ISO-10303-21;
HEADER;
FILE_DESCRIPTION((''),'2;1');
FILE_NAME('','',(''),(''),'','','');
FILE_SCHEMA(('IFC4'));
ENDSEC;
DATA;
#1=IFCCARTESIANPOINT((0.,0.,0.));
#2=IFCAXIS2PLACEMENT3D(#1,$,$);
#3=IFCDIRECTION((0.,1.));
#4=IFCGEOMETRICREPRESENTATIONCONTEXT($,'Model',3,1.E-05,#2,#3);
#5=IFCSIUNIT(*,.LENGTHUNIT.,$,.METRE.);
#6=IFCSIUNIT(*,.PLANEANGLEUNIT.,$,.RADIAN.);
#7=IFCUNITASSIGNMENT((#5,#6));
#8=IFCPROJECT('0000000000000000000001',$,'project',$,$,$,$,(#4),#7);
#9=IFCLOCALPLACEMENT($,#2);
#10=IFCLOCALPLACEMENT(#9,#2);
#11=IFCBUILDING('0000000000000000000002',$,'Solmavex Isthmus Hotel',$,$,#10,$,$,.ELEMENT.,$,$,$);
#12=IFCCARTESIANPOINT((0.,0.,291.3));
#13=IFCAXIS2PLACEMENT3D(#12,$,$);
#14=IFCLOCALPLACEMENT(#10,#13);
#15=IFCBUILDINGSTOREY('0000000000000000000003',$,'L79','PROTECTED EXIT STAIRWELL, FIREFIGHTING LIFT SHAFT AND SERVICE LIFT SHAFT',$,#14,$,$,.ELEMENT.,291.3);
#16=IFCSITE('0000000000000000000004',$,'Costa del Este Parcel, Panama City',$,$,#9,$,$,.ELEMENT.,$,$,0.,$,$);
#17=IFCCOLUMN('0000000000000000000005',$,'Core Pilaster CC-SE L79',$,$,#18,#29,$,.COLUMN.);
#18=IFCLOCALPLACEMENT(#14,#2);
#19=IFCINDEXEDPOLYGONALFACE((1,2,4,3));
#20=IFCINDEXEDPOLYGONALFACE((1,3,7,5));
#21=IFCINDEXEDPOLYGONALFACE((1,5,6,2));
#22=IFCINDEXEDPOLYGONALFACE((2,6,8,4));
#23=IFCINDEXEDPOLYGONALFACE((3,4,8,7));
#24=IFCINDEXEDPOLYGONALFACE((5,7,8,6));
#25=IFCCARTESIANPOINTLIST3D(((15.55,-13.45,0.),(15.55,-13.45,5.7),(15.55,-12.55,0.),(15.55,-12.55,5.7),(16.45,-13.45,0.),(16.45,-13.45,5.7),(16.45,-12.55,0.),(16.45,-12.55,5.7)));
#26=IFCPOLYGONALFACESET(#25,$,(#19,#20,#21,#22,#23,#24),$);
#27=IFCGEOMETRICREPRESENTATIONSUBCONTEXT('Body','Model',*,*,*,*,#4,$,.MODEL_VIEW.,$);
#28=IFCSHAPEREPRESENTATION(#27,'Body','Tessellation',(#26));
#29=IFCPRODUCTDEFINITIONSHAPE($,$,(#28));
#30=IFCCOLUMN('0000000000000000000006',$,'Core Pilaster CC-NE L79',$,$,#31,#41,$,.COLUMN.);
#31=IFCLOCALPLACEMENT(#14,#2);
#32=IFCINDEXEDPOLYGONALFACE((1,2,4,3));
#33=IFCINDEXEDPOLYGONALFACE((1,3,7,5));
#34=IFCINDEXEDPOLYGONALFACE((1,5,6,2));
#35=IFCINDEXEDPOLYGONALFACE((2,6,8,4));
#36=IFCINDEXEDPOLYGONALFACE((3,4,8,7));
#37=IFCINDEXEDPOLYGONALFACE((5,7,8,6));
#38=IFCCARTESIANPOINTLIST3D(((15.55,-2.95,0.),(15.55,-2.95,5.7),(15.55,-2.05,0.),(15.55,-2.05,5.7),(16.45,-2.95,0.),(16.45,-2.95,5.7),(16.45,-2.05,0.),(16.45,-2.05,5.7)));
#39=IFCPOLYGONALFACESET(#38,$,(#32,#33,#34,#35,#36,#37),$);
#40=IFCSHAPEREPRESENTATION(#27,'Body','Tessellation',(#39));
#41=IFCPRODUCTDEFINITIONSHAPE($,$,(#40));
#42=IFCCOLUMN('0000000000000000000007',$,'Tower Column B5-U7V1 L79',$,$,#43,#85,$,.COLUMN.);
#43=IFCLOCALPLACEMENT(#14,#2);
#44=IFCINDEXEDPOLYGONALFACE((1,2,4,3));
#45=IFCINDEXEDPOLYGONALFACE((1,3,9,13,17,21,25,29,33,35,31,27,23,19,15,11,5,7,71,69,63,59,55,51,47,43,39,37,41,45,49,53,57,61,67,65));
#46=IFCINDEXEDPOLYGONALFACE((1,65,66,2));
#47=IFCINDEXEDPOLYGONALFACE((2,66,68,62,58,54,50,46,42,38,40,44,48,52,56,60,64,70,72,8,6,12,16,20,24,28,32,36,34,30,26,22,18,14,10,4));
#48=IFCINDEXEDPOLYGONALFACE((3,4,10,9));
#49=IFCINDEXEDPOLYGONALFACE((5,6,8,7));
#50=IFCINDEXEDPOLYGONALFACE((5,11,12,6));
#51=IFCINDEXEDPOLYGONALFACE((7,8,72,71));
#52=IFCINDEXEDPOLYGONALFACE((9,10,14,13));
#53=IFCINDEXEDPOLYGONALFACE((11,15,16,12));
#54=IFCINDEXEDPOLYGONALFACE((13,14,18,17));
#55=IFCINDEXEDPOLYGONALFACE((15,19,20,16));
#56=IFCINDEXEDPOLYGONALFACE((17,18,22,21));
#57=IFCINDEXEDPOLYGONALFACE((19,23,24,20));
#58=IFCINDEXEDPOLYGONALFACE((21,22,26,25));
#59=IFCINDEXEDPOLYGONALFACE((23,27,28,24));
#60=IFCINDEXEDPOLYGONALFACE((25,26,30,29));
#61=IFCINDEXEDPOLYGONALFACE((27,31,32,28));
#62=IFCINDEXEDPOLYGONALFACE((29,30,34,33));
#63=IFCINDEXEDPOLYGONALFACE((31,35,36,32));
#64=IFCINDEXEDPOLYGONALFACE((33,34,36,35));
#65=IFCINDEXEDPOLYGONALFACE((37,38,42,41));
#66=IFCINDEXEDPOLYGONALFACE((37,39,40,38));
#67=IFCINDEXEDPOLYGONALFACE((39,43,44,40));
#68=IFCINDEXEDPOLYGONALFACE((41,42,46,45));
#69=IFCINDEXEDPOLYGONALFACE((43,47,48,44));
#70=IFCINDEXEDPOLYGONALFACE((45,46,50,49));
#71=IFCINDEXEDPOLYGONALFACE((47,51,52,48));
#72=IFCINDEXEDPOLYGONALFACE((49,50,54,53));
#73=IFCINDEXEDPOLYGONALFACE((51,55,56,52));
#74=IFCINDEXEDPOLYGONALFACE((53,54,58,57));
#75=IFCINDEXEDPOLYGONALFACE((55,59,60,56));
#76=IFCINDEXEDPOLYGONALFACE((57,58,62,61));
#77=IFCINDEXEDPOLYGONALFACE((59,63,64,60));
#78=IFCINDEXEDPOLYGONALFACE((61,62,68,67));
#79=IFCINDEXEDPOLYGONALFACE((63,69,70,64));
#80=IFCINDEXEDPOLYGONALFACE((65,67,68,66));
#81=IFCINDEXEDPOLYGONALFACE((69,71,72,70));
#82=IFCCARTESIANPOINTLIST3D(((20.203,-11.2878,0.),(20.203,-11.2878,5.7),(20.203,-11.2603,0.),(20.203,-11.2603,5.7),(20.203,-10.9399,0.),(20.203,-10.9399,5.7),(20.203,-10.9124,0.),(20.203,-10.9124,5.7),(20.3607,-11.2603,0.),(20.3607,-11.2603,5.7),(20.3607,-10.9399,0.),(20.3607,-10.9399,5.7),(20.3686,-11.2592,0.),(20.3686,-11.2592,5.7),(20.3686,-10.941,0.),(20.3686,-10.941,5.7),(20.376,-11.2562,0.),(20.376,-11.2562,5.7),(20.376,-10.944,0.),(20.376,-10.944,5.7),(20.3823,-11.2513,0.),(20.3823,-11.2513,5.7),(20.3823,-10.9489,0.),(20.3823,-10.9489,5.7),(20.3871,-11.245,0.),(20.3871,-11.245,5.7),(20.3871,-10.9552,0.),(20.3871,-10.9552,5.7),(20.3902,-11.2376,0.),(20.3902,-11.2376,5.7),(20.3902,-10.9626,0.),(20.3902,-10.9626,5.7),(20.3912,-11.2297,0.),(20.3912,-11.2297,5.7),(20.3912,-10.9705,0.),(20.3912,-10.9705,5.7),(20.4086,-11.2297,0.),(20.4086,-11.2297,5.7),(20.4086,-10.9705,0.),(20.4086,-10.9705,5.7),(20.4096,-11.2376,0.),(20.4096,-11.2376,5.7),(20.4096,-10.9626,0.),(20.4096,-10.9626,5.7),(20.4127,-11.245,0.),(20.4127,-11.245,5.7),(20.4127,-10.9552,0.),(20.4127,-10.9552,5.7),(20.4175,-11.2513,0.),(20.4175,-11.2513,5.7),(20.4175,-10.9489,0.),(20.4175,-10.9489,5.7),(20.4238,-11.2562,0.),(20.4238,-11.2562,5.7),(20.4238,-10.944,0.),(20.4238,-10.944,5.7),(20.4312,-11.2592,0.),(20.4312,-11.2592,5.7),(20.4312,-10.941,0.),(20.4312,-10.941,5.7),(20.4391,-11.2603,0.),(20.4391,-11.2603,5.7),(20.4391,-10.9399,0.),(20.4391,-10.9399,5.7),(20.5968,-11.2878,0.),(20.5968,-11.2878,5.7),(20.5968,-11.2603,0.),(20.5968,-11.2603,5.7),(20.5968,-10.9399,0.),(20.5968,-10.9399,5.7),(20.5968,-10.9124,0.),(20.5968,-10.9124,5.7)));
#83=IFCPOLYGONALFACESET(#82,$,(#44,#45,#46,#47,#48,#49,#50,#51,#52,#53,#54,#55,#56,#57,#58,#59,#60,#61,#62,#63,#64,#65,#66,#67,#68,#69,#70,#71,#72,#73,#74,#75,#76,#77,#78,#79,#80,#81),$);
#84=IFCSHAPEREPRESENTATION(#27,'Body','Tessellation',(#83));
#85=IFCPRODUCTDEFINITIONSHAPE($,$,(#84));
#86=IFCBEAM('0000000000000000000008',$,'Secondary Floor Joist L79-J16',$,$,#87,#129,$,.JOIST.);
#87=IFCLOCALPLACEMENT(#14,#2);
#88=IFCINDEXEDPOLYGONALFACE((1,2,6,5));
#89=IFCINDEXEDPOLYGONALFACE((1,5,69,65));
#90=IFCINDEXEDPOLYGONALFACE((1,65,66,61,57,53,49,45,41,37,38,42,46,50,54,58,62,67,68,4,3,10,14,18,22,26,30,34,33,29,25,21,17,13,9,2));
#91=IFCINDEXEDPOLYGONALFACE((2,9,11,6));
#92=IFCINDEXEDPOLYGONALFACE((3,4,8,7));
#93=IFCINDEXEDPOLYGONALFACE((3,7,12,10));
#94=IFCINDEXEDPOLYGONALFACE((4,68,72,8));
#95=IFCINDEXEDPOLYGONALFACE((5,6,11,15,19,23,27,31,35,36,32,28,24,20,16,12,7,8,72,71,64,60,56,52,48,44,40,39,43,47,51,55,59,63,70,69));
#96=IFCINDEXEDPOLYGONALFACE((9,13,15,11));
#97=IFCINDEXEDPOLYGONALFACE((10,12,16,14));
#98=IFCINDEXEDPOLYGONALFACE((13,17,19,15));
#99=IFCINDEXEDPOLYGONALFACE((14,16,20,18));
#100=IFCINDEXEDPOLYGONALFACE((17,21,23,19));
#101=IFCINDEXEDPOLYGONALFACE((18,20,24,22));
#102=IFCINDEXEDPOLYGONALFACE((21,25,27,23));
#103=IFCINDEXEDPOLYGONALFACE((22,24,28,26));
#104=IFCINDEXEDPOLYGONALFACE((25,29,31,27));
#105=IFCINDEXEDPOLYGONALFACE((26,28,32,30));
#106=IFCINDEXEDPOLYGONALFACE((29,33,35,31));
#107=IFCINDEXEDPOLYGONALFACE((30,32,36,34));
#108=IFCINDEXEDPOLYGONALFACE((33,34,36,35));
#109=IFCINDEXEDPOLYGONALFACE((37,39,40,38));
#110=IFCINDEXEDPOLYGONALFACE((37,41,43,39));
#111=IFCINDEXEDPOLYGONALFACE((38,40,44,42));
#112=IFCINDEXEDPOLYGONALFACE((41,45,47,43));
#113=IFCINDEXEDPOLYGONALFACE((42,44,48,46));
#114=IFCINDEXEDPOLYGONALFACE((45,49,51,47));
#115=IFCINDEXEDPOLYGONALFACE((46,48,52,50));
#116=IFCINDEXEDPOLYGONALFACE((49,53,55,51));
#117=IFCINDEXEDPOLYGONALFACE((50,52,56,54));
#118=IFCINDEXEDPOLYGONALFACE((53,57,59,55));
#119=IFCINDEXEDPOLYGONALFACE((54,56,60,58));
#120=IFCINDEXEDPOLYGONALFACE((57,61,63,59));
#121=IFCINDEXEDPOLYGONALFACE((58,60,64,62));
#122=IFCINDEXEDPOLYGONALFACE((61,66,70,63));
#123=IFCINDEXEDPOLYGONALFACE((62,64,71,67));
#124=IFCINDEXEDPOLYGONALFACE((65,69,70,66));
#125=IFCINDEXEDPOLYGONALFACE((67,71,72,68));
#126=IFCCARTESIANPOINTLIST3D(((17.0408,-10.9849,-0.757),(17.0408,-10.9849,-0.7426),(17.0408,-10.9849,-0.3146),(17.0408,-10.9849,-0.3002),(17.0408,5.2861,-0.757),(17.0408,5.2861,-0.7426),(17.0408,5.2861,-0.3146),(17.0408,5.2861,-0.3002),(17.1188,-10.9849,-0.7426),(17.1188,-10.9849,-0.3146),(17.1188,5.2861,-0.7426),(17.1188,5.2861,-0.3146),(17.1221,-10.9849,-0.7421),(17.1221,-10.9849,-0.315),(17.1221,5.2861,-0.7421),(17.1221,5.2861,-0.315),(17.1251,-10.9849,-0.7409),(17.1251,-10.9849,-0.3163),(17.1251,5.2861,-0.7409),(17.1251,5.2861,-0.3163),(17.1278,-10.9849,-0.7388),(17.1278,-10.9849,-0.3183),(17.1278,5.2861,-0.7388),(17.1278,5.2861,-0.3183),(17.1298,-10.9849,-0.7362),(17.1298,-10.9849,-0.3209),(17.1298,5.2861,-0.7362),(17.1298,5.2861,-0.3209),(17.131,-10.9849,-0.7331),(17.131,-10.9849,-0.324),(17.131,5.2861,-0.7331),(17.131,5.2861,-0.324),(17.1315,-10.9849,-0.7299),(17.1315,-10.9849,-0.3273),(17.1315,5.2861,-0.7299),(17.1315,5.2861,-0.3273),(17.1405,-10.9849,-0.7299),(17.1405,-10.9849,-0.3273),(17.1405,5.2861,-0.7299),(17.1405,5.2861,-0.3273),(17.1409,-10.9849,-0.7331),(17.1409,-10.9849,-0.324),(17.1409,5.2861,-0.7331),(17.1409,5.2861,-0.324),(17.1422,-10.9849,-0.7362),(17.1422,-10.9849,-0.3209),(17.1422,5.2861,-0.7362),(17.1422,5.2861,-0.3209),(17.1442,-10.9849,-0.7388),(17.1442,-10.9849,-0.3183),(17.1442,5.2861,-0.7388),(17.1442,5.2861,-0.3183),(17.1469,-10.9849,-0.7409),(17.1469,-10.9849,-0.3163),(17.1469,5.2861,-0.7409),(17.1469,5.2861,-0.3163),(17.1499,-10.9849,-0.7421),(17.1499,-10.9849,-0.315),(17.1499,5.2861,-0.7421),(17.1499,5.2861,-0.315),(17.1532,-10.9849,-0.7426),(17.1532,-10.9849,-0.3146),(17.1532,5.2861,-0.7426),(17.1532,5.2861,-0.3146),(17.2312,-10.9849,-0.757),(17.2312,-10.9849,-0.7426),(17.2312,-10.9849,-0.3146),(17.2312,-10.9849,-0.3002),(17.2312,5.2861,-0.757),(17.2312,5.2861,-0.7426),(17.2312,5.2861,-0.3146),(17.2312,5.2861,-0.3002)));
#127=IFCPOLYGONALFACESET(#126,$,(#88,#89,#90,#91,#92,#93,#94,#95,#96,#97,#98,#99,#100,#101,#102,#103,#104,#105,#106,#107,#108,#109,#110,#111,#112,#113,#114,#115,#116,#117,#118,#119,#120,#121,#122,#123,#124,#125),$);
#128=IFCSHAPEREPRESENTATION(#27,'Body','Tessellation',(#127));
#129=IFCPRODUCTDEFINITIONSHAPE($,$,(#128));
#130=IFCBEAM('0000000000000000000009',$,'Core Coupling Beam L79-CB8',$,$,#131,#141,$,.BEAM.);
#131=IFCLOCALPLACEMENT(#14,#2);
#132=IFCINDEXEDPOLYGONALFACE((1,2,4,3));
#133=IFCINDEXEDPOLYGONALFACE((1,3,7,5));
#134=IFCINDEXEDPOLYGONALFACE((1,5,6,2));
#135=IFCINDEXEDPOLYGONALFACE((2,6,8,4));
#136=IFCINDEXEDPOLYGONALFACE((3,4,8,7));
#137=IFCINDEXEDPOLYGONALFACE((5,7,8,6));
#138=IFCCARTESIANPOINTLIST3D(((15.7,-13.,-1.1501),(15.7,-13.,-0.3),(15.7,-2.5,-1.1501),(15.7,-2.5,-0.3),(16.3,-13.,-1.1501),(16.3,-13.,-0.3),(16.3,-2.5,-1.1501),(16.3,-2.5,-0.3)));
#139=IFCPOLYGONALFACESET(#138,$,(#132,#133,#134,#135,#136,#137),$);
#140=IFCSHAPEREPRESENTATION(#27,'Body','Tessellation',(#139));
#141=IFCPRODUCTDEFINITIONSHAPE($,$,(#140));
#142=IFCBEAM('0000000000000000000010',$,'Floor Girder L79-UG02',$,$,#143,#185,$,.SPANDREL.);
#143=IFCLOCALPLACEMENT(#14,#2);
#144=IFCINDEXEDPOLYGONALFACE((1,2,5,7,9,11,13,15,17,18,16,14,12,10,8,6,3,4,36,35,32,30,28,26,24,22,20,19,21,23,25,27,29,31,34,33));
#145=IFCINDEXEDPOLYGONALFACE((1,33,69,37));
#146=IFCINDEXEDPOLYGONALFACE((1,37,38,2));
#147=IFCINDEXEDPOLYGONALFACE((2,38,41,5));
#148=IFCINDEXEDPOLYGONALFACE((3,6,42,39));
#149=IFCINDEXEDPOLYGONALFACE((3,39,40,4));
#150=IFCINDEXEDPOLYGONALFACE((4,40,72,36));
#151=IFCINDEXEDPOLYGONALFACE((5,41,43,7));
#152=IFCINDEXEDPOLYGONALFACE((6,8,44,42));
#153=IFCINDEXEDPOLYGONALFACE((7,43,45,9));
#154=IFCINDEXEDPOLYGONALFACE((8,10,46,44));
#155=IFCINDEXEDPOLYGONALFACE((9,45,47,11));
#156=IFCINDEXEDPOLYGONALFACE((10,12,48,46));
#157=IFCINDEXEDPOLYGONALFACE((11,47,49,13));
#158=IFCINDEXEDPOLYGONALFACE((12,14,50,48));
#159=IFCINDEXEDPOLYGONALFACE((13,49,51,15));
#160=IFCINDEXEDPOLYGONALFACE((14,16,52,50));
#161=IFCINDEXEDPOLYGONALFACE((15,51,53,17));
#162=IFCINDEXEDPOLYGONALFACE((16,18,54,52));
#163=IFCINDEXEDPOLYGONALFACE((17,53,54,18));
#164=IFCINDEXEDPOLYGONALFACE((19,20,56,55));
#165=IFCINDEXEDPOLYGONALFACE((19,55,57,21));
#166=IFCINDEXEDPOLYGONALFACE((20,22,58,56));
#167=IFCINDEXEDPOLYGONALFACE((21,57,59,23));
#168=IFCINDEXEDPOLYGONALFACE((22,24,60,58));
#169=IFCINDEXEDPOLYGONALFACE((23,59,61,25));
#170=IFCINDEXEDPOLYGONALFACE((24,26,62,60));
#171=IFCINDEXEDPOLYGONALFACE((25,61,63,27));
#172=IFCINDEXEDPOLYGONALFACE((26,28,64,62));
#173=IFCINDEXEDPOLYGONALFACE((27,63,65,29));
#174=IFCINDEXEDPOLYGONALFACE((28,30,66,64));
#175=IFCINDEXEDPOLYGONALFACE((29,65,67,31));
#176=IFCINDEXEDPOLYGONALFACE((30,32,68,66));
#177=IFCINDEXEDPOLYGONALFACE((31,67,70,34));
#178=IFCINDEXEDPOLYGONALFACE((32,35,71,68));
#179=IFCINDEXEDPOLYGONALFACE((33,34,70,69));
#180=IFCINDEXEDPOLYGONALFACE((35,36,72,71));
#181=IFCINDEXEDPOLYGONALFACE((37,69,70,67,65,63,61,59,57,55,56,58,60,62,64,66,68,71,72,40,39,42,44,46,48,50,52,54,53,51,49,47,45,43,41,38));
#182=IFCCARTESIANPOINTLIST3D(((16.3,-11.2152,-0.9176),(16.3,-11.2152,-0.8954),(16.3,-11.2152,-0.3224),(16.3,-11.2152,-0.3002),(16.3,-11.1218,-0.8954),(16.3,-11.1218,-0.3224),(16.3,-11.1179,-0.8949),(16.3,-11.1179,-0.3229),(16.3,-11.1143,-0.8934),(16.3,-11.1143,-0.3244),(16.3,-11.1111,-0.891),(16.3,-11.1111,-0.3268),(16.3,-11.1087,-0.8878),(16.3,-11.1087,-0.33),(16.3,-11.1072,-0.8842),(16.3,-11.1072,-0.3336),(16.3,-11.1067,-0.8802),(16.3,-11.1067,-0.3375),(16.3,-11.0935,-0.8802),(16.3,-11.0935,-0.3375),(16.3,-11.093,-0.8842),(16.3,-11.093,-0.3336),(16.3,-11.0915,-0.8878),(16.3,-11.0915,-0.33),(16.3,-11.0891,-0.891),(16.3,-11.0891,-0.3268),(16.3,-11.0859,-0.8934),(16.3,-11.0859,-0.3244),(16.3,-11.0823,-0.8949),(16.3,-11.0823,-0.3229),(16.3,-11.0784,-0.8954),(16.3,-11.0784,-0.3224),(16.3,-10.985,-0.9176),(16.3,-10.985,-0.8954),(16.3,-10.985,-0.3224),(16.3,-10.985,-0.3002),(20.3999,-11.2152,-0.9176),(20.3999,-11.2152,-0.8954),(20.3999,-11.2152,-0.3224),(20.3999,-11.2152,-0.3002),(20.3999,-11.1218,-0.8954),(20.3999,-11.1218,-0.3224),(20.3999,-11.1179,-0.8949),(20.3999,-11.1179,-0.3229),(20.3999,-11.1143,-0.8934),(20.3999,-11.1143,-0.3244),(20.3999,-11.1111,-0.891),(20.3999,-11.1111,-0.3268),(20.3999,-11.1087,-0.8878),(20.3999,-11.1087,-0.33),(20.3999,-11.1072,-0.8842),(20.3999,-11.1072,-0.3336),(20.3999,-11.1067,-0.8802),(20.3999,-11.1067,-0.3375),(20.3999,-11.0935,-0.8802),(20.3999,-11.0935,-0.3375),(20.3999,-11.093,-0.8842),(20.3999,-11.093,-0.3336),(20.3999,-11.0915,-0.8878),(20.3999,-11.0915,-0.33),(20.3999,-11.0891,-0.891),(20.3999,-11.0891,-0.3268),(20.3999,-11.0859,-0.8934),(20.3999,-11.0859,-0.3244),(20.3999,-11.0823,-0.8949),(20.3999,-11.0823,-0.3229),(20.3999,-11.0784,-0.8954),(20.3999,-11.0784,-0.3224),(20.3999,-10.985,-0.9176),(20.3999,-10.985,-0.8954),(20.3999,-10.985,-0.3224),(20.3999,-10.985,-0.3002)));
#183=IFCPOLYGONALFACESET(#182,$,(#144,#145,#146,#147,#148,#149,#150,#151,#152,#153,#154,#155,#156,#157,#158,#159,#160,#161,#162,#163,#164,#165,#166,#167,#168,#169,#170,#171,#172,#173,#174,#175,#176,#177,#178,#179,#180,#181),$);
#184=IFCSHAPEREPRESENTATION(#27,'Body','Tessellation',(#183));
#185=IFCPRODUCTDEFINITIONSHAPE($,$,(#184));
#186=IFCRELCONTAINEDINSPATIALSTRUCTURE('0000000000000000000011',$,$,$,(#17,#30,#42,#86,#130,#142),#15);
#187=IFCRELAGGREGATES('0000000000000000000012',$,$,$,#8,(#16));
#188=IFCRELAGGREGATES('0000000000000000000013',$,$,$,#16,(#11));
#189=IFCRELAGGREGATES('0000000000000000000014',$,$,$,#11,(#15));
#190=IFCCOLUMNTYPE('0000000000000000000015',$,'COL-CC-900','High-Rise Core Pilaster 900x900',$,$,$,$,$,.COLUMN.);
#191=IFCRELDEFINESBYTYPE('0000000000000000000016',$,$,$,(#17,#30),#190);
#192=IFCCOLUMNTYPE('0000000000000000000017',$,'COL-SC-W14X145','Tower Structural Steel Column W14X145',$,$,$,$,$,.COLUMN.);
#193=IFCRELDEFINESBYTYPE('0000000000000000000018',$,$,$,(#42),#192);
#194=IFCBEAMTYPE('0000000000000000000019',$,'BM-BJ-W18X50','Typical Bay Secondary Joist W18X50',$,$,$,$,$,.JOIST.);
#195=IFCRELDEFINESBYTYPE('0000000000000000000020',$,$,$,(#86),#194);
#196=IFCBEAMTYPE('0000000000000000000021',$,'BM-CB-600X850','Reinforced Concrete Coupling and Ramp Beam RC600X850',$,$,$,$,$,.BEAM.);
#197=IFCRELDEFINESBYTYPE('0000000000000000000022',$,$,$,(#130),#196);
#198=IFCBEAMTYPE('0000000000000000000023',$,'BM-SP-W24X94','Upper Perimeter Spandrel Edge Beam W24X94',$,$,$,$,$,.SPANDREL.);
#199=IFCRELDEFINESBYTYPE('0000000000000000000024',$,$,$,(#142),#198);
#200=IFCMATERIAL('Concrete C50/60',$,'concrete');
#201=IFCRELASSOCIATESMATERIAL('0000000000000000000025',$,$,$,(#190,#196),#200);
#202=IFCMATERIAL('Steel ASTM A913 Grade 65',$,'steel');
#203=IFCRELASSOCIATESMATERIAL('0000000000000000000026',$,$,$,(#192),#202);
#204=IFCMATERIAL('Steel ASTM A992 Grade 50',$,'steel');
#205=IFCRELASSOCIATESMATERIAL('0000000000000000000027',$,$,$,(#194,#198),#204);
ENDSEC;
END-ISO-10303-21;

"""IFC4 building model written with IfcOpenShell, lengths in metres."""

from ifc_helpers import new_model, si_unit, direction, frame, origin, origin_2d, place, context, subcontext, project, spatial, rectangle, i_section, extrude, material, material_profile, profile_set, type_object, element, save


model = new_model("IFC4")

# Units and contexts
model_context = context("Model", 3, precision=1e-05, world=origin(), true_north=direction((0.0, 1.0)))
body_context = subcontext(model_context, "Body", "Model", "MODEL_VIEW")
ifc_project = project(units=[si_unit("LENGTHUNIT", "METRE"), si_unit("PLANEANGLEUNIT", "RADIAN")], contexts=[model_context])

# Site, building, storey
site_placement = place(None, origin())
site = spatial("IfcSite", under=ifc_project, at=site_placement, Name="Costa del Este Parcel, Panama City", CompositionType="ELEMENT", RefElevation=0.0)
building_placement = place(site_placement, origin())
building = spatial("IfcBuilding", under=site, at=building_placement, Name="Solmavex Isthmus Hotel", CompositionType="ELEMENT")
storey_placement = place(building_placement, frame((0.0, 0.0, 291.3)))
storey = spatial("IfcBuildingStorey", under=building, at=storey_placement, Name="L79", Description="PROTECTED EXIT STAIRWELL, FIREFIGHTING LIFT SHAFT AND SERVICE LIFT SHAFT", CompositionType="ELEMENT", Elevation=291.3)

# Columns
ifc_material_1 = material(Name="Concrete C50/60", Category="concrete")
ifc_material_profile_1 = material_profile(ifc_material_1, rectangle(XDim=0.8999, YDim=0.8999, at=origin_2d()), Name="RC900X900")
ifc_profile_set_1 = profile_set([ifc_material_profile_1], Name="Concrete C50/60")
column_type_1 = type_object("IfcColumnType", Name="COL-CC-900", Description="High-Rise Core Pilaster 900x900", PredefinedType="COLUMN", material=ifc_profile_set_1)
for number, where, z_axis, x_axis, name in (
    (1, (16.0, -13.0, 0.0), (0.0, 0.0, 1.0), (1.0, 0.0, 0.0), "Core Pilaster CC-SE L79"),
    (2, (16.0, -2.5, 0.0), (0.0, 0.0, 1.0), (1.0, 0.0, 0.0), "Core Pilaster CC-NE L79"),
):
    element("IfcColumn", number, at=place(storey_placement, frame(where, z_axis=z_axis, x_axis=x_axis)), inside=storey, type_object=column_type_1, Name=name, PredefinedType="COLUMN", context=body_context, shape_type="SweptSolid", body=[
        extrude(rectangle(XDim=0.8999, YDim=0.8999, at=origin_2d()), origin(), (0.0, 0.0, 1.0), 5.7),
    ])
ifc_material_2 = material(Name="Steel ASTM A913 Grade 65", Category="steel")
ifc_material_profile_2 = material_profile(ifc_material_2, i_section(OverallWidth=0.3938, OverallDepth=0.3755, WebThickness=0.0173, FlangeThickness=0.0276, FilletRadius=0.0305, at=origin_2d()), Name="W14X145")
ifc_profile_set_2 = profile_set([ifc_material_profile_2], Name="Steel ASTM A913 Grade 65")
column_type_2 = type_object("IfcColumnType", Name="COL-SC-W14X145", Description="Tower Structural Steel Column W14X145", PredefinedType="COLUMN", material=ifc_profile_set_2)
column_placement = place(storey_placement, frame((20.3999, -11.1001, 0.0), z_axis=(0.0, 0.0, 1.0), x_axis=(1.0, 0.0, 0.0)))
element("IfcColumn", 3, at=column_placement, inside=storey, type_object=column_type_2, Name="Tower Column B5-U7V1 L79", PredefinedType="COLUMN", context=body_context, shape_type="SweptSolid", body=[
    extrude(i_section(OverallWidth=0.3938, OverallDepth=0.3755, WebThickness=0.0173, FlangeThickness=0.0276, FilletRadius=0.0305, at=origin_2d()), origin(), (0.0, 0.0, 1.0), 5.7),
])

# Beams
ifc_material_3 = material(Name="Steel ASTM A992 Grade 50", Category="steel")
ifc_material_profile_3 = material_profile(ifc_material_3, i_section(OverallWidth=0.1904, OverallDepth=0.4568, WebThickness=0.009, FlangeThickness=0.0144, FilletRadius=0.0127, at=origin_2d()), Name="W18X50")
ifc_profile_set_3 = profile_set([ifc_material_profile_3], Name="Steel ASTM A992 Grade 50")
beam_type_1 = type_object("IfcBeamType", Name="BM-BJ-W18X50", Description="Typical Bay Secondary Joist W18X50", PredefinedType="JOIST", material=ifc_profile_set_3)
beam_1_placement = place(storey_placement, frame((17.136, -10.9849, -0.5286), z_axis=(0.0, 1.0, 0.0), x_axis=(-1.0, 0.0, 0.0)))
element("IfcBeam", 4, at=beam_1_placement, inside=storey, type_object=beam_type_1, Name="Secondary Floor Joist L79-J16", PredefinedType="JOIST", context=body_context, shape_type="SweptSolid", body=[
    extrude(i_section(OverallWidth=0.1904, OverallDepth=0.4568, WebThickness=0.009, FlangeThickness=0.0144, FilletRadius=0.0127, at=origin_2d()), origin(), (0.0, 0.0, 1.0), 16.271),
])
ifc_material_profile_4 = material_profile(ifc_material_1, rectangle(XDim=0.6001, YDim=0.8501, at=origin_2d()), Name="RC600X850")
ifc_profile_set_4 = profile_set([ifc_material_profile_4], Name="Concrete C50/60")
beam_type_2 = type_object("IfcBeamType", Name="BM-CB-600X850", Description="Reinforced Concrete Coupling and Ramp Beam RC600X850", PredefinedType="BEAM", material=ifc_profile_set_4)
beam_2_placement = place(storey_placement, frame((16.0, -13.0, -0.7251), z_axis=(0.0, 1.0, 0.0), x_axis=(-1.0, 0.0, 0.0)))
element("IfcBeam", 5, at=beam_2_placement, inside=storey, type_object=beam_type_2, Name="Core Coupling Beam L79-CB8", PredefinedType="BEAM", context=body_context, shape_type="SweptSolid", body=[
    extrude(rectangle(XDim=0.6001, YDim=0.8501, at=origin_2d()), origin(), (0.0, 0.0, 1.0), 10.5),
])
ifc_material_profile_5 = material_profile(ifc_material_3, i_section(OverallWidth=0.2302, OverallDepth=0.6174, WebThickness=0.0132, FlangeThickness=0.0222, FilletRadius=0.0151, at=origin_2d()), Name="W24X94")
ifc_profile_set_5 = profile_set([ifc_material_profile_5], Name="Steel ASTM A992 Grade 50")
beam_type_3 = type_object("IfcBeamType", Name="BM-SP-W24X94", Description="Upper Perimeter Spandrel Edge Beam W24X94", PredefinedType="SPANDREL", material=ifc_profile_set_5)
beam_3_placement = place(storey_placement, frame((16.3, -11.1001, -0.6089), z_axis=(1.0, 0.0, 0.0), x_axis=(0.0, 1.0, 0.0)))
element("IfcBeam", 6, at=beam_3_placement, inside=storey, type_object=beam_type_3, Name="Floor Girder L79-UG02", PredefinedType="SPANDREL", context=body_context, shape_type="SweptSolid", body=[
    extrude(i_section(OverallWidth=0.2302, OverallDepth=0.6174, WebThickness=0.0132, FlangeThickness=0.0222, FilletRadius=0.0151, at=origin_2d()), origin(), (0.0, 0.0, 1.0), 4.0999),
])

save(model, "model.ifc")
